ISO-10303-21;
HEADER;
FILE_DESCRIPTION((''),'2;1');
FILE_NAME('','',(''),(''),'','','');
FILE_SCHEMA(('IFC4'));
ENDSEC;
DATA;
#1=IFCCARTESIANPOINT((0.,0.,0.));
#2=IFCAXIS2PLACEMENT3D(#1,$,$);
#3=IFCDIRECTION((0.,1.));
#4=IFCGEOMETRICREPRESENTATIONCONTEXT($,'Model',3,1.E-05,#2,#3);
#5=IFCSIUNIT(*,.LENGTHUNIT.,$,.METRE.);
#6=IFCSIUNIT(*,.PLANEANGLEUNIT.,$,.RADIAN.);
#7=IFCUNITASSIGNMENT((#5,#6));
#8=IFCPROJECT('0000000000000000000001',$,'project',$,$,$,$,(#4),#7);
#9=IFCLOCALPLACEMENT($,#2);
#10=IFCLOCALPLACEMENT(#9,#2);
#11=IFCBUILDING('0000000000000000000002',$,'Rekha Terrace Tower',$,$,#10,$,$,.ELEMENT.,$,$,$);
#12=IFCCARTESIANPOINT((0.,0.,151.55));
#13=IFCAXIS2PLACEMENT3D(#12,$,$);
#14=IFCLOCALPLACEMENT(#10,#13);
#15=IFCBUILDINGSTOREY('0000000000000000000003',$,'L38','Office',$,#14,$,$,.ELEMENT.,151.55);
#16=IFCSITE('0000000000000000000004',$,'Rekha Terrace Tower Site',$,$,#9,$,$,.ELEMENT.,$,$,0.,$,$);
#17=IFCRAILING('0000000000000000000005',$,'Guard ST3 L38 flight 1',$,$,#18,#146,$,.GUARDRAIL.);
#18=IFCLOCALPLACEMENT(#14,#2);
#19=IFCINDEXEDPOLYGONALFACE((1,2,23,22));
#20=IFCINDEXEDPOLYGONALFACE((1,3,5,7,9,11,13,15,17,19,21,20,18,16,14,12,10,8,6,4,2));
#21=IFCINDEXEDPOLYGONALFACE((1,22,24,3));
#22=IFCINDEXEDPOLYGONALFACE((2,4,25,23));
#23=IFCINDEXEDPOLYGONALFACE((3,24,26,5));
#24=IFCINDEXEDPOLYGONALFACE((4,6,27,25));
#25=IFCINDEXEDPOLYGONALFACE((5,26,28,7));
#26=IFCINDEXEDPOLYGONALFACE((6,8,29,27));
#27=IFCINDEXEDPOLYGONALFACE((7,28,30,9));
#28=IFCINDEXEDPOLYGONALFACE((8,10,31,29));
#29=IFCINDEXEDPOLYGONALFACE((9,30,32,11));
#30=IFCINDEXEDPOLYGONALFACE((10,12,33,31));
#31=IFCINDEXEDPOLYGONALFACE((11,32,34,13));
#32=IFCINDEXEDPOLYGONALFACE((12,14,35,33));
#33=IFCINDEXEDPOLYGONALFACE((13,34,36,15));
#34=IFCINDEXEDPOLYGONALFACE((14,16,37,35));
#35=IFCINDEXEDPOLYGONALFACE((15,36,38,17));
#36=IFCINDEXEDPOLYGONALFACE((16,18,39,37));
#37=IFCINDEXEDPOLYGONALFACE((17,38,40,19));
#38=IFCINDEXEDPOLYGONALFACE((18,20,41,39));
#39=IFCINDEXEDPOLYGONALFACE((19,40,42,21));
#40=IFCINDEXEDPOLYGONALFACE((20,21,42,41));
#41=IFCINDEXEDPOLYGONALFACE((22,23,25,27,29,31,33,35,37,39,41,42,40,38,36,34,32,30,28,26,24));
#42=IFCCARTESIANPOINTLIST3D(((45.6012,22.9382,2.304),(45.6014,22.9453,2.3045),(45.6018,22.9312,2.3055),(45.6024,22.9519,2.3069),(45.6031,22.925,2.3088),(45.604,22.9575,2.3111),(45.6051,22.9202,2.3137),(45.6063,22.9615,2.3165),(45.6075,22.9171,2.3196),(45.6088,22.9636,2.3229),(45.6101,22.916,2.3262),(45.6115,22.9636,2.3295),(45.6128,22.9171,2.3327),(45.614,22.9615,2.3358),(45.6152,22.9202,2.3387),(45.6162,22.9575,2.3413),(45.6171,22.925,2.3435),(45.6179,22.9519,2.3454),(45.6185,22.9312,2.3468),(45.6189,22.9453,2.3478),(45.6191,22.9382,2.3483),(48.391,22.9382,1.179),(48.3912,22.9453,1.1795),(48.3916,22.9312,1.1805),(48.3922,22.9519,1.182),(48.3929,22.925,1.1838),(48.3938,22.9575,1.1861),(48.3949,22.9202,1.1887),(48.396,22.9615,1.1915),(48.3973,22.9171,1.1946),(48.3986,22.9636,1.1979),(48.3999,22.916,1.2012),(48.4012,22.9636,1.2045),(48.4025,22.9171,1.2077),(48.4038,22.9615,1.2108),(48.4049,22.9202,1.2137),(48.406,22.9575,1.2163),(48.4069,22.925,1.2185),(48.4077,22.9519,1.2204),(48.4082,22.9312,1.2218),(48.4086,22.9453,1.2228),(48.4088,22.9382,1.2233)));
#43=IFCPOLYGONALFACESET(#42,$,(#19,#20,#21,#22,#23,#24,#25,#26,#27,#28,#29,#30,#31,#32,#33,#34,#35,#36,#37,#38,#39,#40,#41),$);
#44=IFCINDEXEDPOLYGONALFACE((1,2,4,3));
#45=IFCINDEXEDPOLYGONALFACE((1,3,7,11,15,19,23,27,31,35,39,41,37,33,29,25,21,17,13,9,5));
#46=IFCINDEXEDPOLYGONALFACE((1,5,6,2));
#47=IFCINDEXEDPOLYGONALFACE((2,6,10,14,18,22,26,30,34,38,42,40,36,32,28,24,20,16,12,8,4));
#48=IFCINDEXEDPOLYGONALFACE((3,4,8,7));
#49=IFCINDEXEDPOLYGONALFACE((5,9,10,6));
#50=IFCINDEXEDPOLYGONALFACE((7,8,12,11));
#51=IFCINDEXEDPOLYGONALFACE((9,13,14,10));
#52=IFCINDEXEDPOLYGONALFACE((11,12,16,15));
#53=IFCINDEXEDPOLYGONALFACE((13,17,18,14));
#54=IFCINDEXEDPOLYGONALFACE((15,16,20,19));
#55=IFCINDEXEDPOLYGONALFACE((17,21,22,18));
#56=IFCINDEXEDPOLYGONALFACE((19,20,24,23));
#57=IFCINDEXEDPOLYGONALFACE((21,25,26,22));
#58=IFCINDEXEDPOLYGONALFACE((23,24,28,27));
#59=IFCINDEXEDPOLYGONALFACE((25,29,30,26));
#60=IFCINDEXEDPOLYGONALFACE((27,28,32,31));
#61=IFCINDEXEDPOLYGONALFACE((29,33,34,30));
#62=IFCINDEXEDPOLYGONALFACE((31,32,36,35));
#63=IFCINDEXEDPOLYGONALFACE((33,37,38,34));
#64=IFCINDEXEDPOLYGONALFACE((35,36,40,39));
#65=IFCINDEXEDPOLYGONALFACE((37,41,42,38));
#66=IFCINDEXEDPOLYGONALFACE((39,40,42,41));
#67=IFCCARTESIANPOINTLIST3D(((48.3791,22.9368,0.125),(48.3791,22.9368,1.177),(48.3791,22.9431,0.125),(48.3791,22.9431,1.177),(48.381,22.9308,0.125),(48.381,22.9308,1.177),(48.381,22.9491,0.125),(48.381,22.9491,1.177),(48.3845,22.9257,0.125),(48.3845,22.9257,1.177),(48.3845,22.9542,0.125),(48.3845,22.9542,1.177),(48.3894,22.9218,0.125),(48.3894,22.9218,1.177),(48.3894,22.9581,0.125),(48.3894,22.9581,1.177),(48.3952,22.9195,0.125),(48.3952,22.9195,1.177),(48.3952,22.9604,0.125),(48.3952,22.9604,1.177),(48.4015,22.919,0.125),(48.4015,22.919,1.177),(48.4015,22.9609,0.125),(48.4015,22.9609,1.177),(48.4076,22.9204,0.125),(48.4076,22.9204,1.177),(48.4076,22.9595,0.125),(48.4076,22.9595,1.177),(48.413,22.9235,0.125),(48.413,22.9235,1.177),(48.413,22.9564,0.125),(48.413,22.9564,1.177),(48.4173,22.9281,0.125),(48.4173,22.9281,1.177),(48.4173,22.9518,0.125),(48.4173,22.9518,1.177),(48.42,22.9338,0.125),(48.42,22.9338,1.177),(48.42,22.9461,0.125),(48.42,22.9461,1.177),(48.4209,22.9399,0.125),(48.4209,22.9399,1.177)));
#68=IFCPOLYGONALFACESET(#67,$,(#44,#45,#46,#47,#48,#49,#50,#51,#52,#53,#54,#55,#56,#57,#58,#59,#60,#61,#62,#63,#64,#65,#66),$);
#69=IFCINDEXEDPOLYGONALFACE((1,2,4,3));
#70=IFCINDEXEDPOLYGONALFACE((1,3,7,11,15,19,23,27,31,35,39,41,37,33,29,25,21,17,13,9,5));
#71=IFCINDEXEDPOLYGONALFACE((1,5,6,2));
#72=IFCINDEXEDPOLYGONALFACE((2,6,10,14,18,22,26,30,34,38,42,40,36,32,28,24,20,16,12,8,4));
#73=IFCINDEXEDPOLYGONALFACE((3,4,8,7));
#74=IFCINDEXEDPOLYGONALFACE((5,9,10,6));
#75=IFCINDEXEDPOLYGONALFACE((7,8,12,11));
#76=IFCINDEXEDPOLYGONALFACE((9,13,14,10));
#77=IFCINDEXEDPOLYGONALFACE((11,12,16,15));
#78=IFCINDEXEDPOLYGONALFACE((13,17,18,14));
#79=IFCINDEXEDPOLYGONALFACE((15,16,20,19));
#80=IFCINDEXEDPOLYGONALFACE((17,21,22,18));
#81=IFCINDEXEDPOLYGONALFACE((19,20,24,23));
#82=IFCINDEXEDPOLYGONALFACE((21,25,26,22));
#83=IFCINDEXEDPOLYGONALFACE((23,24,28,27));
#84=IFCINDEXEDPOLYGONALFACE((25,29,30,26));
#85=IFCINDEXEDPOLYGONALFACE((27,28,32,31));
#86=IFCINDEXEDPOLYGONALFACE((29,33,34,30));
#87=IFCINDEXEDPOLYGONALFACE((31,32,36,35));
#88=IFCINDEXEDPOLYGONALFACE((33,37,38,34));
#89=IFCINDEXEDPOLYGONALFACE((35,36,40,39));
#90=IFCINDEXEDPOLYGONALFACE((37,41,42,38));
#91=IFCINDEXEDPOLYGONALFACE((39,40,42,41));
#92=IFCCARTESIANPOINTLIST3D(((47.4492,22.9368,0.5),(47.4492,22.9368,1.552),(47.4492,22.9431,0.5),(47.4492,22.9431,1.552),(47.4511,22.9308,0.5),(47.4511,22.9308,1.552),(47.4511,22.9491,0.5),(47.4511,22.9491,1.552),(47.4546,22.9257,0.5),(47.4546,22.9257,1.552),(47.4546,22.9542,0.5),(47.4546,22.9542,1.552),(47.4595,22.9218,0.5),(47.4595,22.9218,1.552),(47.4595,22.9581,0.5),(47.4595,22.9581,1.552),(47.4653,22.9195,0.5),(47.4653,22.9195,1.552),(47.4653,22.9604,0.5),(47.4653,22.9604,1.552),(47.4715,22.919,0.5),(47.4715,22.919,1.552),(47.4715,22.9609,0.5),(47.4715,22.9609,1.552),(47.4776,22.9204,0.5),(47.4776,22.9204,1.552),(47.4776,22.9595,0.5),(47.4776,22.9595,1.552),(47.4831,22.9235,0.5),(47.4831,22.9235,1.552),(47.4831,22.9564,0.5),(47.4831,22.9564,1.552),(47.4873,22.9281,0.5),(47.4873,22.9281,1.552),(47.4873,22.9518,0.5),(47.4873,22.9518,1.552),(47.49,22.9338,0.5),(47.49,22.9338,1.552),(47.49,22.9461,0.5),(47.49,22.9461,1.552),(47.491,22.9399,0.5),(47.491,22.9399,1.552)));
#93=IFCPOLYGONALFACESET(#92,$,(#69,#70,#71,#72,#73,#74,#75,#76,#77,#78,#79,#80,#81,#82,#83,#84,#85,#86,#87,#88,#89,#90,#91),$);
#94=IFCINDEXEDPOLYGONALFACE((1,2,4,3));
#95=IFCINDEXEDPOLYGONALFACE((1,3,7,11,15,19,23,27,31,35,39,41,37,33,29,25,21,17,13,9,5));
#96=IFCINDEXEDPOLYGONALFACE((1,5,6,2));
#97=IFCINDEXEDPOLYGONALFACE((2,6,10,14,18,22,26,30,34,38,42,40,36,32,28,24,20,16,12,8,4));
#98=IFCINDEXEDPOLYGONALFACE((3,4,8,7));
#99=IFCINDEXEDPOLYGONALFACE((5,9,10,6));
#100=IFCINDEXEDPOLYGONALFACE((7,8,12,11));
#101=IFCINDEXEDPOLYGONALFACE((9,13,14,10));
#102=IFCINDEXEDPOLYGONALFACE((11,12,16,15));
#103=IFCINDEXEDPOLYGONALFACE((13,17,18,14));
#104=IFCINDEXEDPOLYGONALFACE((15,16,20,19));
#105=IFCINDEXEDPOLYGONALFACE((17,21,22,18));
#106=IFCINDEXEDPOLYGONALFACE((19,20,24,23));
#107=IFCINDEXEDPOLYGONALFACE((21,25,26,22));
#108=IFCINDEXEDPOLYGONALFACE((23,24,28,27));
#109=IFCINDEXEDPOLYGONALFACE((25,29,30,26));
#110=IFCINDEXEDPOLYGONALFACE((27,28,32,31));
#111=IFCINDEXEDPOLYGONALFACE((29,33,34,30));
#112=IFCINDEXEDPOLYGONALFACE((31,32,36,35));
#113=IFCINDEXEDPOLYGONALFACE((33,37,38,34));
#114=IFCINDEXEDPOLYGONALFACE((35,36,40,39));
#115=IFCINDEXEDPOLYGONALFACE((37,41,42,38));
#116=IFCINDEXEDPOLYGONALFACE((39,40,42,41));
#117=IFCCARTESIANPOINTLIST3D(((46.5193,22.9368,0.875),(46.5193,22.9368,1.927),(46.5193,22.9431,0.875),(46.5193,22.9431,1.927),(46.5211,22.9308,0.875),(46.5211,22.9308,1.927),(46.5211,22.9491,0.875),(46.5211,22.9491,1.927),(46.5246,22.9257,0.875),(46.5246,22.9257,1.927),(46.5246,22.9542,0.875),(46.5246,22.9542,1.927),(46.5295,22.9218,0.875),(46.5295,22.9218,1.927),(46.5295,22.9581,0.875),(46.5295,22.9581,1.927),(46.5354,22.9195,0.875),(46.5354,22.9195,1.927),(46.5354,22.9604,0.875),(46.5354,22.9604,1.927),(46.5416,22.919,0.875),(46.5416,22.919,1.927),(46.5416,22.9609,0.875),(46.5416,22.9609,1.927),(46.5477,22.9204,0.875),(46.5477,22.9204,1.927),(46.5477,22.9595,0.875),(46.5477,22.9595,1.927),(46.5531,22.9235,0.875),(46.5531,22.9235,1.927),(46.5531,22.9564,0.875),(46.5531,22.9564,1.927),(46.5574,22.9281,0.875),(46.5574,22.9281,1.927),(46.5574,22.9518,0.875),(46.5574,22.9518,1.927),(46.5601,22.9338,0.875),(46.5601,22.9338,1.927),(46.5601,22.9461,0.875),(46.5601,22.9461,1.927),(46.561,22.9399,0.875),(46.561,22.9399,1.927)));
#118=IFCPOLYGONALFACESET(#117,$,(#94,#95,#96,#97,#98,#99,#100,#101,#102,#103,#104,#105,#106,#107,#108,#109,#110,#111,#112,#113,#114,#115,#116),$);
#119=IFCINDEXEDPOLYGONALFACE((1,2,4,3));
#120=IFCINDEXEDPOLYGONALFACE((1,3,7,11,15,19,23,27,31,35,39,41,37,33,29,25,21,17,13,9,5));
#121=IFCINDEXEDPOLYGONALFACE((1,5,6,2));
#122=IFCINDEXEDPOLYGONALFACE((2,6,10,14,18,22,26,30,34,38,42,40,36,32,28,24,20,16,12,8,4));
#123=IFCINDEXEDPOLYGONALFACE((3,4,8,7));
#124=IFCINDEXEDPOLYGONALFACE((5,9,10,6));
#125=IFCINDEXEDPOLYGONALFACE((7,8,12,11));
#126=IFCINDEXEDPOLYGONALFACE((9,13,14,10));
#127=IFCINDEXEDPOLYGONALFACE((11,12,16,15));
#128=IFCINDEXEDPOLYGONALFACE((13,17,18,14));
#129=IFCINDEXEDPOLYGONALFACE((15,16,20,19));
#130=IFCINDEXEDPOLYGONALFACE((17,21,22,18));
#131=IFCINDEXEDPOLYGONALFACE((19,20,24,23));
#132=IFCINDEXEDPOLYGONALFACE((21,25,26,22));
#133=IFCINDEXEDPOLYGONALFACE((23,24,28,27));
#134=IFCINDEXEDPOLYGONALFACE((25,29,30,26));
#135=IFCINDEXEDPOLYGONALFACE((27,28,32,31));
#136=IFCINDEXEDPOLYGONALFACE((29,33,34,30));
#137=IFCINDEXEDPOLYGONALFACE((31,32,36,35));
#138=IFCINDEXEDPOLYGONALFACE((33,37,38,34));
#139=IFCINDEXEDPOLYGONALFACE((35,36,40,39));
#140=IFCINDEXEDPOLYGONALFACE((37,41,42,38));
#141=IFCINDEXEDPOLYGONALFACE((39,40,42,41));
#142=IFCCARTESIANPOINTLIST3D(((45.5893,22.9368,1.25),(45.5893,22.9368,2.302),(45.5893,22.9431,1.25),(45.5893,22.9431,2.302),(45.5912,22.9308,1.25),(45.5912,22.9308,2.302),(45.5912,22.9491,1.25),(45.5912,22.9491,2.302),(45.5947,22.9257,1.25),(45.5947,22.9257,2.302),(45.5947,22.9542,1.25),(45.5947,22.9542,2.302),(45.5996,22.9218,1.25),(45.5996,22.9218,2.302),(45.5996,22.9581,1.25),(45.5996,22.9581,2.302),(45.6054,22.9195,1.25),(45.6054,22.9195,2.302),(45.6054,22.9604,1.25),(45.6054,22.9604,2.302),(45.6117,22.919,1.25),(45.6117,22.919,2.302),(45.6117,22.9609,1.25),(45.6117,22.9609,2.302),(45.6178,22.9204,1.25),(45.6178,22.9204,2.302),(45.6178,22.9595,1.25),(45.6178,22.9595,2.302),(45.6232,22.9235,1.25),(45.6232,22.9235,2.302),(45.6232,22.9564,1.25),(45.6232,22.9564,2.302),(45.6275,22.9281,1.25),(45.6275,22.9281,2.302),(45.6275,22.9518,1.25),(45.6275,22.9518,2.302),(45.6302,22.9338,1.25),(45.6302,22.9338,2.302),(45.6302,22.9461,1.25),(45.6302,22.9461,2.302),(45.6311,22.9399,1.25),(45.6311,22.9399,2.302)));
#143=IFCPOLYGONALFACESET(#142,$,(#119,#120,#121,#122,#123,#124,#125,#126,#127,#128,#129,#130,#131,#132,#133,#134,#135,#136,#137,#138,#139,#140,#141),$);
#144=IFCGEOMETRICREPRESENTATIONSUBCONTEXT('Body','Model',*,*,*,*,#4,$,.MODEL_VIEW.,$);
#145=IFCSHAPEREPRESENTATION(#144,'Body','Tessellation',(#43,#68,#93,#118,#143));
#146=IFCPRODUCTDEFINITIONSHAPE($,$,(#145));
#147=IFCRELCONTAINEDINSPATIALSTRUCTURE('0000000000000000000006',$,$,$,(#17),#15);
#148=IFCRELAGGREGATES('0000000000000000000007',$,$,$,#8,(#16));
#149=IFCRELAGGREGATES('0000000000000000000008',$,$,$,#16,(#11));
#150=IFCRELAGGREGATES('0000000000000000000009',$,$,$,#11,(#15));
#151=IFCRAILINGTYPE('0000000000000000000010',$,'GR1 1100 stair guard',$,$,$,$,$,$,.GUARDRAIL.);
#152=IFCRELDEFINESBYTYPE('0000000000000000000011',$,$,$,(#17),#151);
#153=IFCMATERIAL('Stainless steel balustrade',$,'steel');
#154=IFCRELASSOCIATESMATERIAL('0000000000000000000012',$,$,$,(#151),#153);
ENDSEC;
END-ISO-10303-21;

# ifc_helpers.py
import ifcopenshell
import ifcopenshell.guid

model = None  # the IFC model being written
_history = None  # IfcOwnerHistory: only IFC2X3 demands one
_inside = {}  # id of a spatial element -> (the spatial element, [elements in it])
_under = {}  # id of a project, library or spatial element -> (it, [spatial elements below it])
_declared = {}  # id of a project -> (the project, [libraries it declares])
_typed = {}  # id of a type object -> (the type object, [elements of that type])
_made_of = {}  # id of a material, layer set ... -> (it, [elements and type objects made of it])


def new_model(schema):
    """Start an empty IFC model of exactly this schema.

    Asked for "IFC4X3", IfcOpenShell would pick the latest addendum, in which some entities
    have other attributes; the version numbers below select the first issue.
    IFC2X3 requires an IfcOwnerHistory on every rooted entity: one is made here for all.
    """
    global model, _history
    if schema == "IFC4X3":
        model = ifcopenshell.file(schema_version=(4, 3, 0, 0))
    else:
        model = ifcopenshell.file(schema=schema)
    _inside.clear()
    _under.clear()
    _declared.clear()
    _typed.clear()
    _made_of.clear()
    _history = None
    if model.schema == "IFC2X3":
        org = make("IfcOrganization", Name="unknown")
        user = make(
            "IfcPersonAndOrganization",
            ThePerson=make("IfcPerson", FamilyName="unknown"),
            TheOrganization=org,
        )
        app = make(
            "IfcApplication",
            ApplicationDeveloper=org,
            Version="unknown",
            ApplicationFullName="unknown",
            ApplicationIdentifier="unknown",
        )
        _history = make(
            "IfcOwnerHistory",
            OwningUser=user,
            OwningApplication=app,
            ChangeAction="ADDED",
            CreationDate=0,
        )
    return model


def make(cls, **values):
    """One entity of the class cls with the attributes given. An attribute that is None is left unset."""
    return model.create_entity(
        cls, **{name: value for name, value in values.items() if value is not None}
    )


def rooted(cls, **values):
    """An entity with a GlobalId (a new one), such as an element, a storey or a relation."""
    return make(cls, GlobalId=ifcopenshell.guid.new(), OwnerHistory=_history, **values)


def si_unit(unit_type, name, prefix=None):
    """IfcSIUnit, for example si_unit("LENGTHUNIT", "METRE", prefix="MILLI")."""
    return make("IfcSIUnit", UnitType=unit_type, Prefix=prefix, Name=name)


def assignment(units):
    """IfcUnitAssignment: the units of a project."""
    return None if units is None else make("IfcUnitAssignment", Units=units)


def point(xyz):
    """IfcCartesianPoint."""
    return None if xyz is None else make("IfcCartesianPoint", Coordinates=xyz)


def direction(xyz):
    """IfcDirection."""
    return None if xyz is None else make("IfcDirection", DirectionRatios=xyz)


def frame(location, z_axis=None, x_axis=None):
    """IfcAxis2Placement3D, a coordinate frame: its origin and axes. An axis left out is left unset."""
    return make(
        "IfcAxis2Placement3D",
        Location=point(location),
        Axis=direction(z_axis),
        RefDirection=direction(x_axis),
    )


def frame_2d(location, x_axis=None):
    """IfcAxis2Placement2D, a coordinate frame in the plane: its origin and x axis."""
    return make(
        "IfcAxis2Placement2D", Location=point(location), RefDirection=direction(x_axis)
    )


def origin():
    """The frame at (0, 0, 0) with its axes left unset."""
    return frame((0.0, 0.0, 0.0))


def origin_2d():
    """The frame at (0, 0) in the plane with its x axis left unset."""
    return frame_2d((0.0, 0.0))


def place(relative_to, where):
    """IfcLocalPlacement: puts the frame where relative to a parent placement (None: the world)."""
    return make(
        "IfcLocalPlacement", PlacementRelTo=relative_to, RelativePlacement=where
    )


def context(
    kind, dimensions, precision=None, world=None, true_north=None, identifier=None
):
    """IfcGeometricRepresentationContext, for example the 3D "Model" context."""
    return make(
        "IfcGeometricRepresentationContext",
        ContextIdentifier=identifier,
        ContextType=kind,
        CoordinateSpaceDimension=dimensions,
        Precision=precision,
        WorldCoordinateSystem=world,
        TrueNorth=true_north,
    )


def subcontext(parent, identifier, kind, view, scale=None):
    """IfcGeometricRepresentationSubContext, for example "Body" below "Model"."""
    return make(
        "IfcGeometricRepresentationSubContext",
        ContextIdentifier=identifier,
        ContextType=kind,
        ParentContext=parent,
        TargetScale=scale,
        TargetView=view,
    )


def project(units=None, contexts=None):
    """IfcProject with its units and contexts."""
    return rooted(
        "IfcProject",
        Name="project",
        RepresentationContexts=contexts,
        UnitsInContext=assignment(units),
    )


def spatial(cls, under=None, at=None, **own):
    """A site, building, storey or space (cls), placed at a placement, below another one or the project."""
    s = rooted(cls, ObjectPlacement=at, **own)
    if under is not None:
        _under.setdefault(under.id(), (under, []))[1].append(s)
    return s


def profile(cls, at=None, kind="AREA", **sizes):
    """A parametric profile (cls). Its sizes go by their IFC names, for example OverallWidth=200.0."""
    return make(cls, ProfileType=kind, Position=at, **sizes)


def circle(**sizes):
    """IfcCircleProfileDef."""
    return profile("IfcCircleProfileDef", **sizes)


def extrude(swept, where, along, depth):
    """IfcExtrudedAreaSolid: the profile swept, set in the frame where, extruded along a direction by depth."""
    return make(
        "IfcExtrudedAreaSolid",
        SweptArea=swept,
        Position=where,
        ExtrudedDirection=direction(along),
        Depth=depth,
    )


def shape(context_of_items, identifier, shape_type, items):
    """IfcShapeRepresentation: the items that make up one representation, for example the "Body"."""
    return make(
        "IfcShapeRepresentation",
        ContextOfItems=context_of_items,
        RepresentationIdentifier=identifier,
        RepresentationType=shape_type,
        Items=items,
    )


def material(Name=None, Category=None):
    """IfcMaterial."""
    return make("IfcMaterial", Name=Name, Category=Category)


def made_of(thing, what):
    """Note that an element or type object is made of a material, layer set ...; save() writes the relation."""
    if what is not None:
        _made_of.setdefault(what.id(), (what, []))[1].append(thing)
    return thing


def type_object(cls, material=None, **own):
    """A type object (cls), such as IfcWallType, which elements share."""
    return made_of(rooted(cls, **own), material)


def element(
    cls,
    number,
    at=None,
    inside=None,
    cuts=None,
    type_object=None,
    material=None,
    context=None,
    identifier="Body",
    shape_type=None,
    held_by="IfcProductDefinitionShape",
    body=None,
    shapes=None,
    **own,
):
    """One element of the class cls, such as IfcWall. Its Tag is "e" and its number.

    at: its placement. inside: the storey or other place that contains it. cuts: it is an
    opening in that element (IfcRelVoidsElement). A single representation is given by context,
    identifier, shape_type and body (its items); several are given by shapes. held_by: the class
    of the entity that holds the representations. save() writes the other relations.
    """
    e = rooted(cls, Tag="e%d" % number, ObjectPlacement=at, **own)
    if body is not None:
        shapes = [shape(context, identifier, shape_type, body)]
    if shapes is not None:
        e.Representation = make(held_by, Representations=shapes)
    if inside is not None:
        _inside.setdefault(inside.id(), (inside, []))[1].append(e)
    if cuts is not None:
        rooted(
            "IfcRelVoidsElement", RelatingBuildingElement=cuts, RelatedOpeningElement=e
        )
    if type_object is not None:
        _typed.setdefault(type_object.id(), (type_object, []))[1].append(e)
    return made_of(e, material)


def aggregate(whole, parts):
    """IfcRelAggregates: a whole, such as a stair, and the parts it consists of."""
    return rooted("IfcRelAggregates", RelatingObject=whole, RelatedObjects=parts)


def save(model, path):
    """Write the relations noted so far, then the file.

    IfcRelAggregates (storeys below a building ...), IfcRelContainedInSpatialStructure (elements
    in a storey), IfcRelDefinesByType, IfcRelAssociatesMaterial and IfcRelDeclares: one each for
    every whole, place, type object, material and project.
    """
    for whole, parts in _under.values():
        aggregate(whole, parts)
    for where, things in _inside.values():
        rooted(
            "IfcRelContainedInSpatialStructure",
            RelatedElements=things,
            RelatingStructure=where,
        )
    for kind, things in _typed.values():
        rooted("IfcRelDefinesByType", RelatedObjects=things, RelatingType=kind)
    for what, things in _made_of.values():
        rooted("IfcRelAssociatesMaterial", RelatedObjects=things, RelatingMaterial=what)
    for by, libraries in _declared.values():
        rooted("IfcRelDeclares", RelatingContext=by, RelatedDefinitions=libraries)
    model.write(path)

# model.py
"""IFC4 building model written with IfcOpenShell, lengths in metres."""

from ifc_helpers import new_model, si_unit, direction, frame, origin, origin_2d, place, context, subcontext, project, spatial, circle, extrude, material, type_object, element, save


model = new_model("IFC4")

# Units and contexts
model_context = context("Model", 3, precision=1e-05, world=origin(), true_north=direction((0.0, 1.0)))
body_context = subcontext(model_context, "Body", "Model", "MODEL_VIEW")
ifc_project = project(units=[si_unit("LENGTHUNIT", "METRE"), si_unit("PLANEANGLEUNIT", "RADIAN")], contexts=[model_context])

# Site, building, storey
site_placement = place(None, origin())
site = spatial("IfcSite", under=ifc_project, at=site_placement, Name="Rekha Terrace Tower Site", CompositionType="ELEMENT", RefElevation=0.0)
building_placement = place(site_placement, origin())
building = spatial("IfcBuilding", under=site, at=building_placement, Name="Rekha Terrace Tower", CompositionType="ELEMENT")
storey_placement = place(building_placement, frame((0.0, 0.0, 151.55)))
storey = spatial("IfcBuildingStorey", under=building, at=storey_placement, Name="L38", Description="Office", CompositionType="ELEMENT", Elevation=151.55)

# Railing
ifc_material_1 = material(Name="Stainless steel balustrade", Category="steel")
railing_type_1 = type_object("IfcRailingType", Name="GR1 1100 stair guard", PredefinedType="GUARDRAIL", material=ifc_material_1)
railing_1_placement = place(storey_placement, frame((48.3999, 22.9399, 0.125)))
element("IfcRailing", 1, at=railing_1_placement, inside=storey, type_object=railing_type_1, Name="Guard ST3 L38 flight 1", PredefinedType="GUARDRAIL", context=body_context, shape_type="SweptSolid", body=[
    extrude(circle(Radius=0.0239, at=origin_2d()), frame((0.0, 0.0, 1.0762), z_axis=(-0.927432, 0.0, 0.373992), x_axis=(0.0, -1.0, 0.0)), (0.0, 0.0, 1.0), 3.0081),
    extrude(circle(Radius=0.021, at=origin_2d()), origin(), (0.0, 0.0, 1.0), 1.052),
    extrude(circle(Radius=0.021, at=origin_2d()), frame((-0.9299, 0.0, 0.375)), (0.0, 0.0, 1.0), 1.052),
    extrude(circle(Radius=0.021, at=origin_2d()), frame((-1.8599, 0.0, 0.75)), (0.0, 0.0, 1.0), 1.052),
    extrude(circle(Radius=0.021, at=origin_2d()), frame((-2.7898, 0.0, 1.125)), (0.0, 0.0, 1.0), 1.052),
])

save(model, "model.ifc")
